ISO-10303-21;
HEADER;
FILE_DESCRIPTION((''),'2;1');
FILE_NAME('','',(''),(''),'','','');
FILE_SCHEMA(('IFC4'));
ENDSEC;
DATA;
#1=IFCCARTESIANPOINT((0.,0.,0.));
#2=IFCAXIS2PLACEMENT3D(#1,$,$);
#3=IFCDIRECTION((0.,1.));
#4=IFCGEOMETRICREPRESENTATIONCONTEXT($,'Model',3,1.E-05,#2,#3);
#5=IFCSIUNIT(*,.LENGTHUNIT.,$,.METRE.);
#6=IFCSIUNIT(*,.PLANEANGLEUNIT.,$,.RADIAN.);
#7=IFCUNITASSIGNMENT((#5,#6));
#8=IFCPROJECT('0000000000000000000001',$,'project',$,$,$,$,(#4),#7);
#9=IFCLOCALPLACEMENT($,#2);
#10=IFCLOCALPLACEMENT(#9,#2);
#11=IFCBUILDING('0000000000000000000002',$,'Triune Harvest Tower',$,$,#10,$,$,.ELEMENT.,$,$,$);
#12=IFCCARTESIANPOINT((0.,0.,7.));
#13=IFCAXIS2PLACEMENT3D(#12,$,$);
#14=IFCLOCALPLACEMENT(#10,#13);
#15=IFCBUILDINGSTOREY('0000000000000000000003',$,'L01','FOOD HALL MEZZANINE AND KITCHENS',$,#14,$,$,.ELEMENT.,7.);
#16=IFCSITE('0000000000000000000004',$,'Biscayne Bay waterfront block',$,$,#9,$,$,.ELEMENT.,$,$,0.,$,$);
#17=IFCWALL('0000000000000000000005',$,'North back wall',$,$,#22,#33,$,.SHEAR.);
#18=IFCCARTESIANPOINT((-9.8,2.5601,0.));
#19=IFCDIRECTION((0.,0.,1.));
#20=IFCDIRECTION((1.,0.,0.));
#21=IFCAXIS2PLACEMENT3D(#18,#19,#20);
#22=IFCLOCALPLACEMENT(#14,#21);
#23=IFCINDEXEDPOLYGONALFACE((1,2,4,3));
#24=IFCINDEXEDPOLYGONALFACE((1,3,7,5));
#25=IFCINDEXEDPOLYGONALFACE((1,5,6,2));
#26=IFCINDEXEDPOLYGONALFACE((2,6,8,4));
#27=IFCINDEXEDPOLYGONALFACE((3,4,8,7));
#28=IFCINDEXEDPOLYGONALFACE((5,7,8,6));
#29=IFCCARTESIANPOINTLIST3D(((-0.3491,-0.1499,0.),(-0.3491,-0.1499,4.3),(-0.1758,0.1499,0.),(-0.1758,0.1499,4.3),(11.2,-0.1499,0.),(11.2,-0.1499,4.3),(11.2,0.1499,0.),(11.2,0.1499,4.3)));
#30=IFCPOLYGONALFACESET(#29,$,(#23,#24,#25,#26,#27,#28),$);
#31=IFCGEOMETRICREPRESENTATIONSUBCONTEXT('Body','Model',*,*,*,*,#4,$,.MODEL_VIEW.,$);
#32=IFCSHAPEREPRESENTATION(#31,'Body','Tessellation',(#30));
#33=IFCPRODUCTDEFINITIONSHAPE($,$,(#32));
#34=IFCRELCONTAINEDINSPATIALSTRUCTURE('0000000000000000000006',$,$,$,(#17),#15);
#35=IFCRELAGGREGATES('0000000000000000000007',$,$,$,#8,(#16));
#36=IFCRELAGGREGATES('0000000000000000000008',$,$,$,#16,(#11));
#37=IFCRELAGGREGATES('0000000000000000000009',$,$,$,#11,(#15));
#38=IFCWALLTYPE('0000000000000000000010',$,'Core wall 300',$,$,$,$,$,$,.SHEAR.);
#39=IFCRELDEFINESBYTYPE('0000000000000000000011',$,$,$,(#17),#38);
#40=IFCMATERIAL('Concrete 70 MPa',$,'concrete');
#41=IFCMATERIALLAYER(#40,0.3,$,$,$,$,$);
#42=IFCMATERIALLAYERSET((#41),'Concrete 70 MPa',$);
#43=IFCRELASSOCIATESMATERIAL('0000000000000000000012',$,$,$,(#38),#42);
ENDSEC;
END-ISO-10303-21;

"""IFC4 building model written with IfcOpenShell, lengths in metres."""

from ifc_helpers import new_model, si_unit, direction, frame, origin, place, context, subcontext, project, spatial, polyline, outline, extrude, source, transform, mapped, material, layer, layer_set, type_object, element, save


model = new_model("IFC4")

# Units and contexts
model_context = context("Model", 3, precision=1e-05, world=origin(), true_north=direction((0.0, 1.0)))
body_context = subcontext(model_context, "Body", "Model", "MODEL_VIEW")
ifc_project = project(units=[si_unit("LENGTHUNIT", "METRE"), si_unit("PLANEANGLEUNIT", "RADIAN")], contexts=[model_context])

# Site, building, storey
site_placement = place(None, origin())
site = spatial("IfcSite", under=ifc_project, at=site_placement, Name="Biscayne Bay waterfront block", CompositionType="ELEMENT", RefElevation=0.0)
building_placement = place(site_placement, origin())
building = spatial("IfcBuilding", under=site, at=building_placement, Name="Triune Harvest Tower", CompositionType="ELEMENT")
storey_placement = place(building_placement, frame((0.0, 0.0, 7.0)))
storey = spatial("IfcBuildingStorey", under=building, at=storey_placement, Name="L01", Description="FOOD HALL MEZZANINE AND KITCHENS", CompositionType="ELEMENT", Elevation=7.0)

# Shared definitions
ifc_material_1 = material(Name="Concrete 70 MPa", Category="concrete")
ifc_layer_1 = layer(ifc_material_1, 0.3)
ifc_layer_set_1 = layer_set([ifc_layer_1], Name="Concrete 70 MPa")
wall_type_1 = type_object("IfcWallType", Name="Core wall 300", PredefinedType="SHEAR", material=ifc_layer_set_1)

# Wall
shared_shape_1 = source(origin(), body_context, "Body", "SweptSolid", [
    extrude(outline(polyline([(11.2, -0.1499), (-0.3491, -0.1499), (-0.1758, 0.1499), (11.2, 0.1499), (11.2, -0.1499)])), origin(), (0.0, 0.0, 1.0), 4.3),
])
wall_1_placement = place(storey_placement, frame((-9.8, 2.5601, 0.0), z_axis=(0.0, 0.0, 1.0), x_axis=(1.0, 0.0, 0.0)))
element("IfcWall", 1, at=wall_1_placement, inside=storey, type_object=wall_type_1, Name="North back wall", PredefinedType="SHEAR", context=body_context, shape_type="MappedRepresentation", body=[
    mapped(shared_shape_1, transform((0.0, 0.0, 0.0), scale=1.0)),
])

save(model, "model.ifc")
